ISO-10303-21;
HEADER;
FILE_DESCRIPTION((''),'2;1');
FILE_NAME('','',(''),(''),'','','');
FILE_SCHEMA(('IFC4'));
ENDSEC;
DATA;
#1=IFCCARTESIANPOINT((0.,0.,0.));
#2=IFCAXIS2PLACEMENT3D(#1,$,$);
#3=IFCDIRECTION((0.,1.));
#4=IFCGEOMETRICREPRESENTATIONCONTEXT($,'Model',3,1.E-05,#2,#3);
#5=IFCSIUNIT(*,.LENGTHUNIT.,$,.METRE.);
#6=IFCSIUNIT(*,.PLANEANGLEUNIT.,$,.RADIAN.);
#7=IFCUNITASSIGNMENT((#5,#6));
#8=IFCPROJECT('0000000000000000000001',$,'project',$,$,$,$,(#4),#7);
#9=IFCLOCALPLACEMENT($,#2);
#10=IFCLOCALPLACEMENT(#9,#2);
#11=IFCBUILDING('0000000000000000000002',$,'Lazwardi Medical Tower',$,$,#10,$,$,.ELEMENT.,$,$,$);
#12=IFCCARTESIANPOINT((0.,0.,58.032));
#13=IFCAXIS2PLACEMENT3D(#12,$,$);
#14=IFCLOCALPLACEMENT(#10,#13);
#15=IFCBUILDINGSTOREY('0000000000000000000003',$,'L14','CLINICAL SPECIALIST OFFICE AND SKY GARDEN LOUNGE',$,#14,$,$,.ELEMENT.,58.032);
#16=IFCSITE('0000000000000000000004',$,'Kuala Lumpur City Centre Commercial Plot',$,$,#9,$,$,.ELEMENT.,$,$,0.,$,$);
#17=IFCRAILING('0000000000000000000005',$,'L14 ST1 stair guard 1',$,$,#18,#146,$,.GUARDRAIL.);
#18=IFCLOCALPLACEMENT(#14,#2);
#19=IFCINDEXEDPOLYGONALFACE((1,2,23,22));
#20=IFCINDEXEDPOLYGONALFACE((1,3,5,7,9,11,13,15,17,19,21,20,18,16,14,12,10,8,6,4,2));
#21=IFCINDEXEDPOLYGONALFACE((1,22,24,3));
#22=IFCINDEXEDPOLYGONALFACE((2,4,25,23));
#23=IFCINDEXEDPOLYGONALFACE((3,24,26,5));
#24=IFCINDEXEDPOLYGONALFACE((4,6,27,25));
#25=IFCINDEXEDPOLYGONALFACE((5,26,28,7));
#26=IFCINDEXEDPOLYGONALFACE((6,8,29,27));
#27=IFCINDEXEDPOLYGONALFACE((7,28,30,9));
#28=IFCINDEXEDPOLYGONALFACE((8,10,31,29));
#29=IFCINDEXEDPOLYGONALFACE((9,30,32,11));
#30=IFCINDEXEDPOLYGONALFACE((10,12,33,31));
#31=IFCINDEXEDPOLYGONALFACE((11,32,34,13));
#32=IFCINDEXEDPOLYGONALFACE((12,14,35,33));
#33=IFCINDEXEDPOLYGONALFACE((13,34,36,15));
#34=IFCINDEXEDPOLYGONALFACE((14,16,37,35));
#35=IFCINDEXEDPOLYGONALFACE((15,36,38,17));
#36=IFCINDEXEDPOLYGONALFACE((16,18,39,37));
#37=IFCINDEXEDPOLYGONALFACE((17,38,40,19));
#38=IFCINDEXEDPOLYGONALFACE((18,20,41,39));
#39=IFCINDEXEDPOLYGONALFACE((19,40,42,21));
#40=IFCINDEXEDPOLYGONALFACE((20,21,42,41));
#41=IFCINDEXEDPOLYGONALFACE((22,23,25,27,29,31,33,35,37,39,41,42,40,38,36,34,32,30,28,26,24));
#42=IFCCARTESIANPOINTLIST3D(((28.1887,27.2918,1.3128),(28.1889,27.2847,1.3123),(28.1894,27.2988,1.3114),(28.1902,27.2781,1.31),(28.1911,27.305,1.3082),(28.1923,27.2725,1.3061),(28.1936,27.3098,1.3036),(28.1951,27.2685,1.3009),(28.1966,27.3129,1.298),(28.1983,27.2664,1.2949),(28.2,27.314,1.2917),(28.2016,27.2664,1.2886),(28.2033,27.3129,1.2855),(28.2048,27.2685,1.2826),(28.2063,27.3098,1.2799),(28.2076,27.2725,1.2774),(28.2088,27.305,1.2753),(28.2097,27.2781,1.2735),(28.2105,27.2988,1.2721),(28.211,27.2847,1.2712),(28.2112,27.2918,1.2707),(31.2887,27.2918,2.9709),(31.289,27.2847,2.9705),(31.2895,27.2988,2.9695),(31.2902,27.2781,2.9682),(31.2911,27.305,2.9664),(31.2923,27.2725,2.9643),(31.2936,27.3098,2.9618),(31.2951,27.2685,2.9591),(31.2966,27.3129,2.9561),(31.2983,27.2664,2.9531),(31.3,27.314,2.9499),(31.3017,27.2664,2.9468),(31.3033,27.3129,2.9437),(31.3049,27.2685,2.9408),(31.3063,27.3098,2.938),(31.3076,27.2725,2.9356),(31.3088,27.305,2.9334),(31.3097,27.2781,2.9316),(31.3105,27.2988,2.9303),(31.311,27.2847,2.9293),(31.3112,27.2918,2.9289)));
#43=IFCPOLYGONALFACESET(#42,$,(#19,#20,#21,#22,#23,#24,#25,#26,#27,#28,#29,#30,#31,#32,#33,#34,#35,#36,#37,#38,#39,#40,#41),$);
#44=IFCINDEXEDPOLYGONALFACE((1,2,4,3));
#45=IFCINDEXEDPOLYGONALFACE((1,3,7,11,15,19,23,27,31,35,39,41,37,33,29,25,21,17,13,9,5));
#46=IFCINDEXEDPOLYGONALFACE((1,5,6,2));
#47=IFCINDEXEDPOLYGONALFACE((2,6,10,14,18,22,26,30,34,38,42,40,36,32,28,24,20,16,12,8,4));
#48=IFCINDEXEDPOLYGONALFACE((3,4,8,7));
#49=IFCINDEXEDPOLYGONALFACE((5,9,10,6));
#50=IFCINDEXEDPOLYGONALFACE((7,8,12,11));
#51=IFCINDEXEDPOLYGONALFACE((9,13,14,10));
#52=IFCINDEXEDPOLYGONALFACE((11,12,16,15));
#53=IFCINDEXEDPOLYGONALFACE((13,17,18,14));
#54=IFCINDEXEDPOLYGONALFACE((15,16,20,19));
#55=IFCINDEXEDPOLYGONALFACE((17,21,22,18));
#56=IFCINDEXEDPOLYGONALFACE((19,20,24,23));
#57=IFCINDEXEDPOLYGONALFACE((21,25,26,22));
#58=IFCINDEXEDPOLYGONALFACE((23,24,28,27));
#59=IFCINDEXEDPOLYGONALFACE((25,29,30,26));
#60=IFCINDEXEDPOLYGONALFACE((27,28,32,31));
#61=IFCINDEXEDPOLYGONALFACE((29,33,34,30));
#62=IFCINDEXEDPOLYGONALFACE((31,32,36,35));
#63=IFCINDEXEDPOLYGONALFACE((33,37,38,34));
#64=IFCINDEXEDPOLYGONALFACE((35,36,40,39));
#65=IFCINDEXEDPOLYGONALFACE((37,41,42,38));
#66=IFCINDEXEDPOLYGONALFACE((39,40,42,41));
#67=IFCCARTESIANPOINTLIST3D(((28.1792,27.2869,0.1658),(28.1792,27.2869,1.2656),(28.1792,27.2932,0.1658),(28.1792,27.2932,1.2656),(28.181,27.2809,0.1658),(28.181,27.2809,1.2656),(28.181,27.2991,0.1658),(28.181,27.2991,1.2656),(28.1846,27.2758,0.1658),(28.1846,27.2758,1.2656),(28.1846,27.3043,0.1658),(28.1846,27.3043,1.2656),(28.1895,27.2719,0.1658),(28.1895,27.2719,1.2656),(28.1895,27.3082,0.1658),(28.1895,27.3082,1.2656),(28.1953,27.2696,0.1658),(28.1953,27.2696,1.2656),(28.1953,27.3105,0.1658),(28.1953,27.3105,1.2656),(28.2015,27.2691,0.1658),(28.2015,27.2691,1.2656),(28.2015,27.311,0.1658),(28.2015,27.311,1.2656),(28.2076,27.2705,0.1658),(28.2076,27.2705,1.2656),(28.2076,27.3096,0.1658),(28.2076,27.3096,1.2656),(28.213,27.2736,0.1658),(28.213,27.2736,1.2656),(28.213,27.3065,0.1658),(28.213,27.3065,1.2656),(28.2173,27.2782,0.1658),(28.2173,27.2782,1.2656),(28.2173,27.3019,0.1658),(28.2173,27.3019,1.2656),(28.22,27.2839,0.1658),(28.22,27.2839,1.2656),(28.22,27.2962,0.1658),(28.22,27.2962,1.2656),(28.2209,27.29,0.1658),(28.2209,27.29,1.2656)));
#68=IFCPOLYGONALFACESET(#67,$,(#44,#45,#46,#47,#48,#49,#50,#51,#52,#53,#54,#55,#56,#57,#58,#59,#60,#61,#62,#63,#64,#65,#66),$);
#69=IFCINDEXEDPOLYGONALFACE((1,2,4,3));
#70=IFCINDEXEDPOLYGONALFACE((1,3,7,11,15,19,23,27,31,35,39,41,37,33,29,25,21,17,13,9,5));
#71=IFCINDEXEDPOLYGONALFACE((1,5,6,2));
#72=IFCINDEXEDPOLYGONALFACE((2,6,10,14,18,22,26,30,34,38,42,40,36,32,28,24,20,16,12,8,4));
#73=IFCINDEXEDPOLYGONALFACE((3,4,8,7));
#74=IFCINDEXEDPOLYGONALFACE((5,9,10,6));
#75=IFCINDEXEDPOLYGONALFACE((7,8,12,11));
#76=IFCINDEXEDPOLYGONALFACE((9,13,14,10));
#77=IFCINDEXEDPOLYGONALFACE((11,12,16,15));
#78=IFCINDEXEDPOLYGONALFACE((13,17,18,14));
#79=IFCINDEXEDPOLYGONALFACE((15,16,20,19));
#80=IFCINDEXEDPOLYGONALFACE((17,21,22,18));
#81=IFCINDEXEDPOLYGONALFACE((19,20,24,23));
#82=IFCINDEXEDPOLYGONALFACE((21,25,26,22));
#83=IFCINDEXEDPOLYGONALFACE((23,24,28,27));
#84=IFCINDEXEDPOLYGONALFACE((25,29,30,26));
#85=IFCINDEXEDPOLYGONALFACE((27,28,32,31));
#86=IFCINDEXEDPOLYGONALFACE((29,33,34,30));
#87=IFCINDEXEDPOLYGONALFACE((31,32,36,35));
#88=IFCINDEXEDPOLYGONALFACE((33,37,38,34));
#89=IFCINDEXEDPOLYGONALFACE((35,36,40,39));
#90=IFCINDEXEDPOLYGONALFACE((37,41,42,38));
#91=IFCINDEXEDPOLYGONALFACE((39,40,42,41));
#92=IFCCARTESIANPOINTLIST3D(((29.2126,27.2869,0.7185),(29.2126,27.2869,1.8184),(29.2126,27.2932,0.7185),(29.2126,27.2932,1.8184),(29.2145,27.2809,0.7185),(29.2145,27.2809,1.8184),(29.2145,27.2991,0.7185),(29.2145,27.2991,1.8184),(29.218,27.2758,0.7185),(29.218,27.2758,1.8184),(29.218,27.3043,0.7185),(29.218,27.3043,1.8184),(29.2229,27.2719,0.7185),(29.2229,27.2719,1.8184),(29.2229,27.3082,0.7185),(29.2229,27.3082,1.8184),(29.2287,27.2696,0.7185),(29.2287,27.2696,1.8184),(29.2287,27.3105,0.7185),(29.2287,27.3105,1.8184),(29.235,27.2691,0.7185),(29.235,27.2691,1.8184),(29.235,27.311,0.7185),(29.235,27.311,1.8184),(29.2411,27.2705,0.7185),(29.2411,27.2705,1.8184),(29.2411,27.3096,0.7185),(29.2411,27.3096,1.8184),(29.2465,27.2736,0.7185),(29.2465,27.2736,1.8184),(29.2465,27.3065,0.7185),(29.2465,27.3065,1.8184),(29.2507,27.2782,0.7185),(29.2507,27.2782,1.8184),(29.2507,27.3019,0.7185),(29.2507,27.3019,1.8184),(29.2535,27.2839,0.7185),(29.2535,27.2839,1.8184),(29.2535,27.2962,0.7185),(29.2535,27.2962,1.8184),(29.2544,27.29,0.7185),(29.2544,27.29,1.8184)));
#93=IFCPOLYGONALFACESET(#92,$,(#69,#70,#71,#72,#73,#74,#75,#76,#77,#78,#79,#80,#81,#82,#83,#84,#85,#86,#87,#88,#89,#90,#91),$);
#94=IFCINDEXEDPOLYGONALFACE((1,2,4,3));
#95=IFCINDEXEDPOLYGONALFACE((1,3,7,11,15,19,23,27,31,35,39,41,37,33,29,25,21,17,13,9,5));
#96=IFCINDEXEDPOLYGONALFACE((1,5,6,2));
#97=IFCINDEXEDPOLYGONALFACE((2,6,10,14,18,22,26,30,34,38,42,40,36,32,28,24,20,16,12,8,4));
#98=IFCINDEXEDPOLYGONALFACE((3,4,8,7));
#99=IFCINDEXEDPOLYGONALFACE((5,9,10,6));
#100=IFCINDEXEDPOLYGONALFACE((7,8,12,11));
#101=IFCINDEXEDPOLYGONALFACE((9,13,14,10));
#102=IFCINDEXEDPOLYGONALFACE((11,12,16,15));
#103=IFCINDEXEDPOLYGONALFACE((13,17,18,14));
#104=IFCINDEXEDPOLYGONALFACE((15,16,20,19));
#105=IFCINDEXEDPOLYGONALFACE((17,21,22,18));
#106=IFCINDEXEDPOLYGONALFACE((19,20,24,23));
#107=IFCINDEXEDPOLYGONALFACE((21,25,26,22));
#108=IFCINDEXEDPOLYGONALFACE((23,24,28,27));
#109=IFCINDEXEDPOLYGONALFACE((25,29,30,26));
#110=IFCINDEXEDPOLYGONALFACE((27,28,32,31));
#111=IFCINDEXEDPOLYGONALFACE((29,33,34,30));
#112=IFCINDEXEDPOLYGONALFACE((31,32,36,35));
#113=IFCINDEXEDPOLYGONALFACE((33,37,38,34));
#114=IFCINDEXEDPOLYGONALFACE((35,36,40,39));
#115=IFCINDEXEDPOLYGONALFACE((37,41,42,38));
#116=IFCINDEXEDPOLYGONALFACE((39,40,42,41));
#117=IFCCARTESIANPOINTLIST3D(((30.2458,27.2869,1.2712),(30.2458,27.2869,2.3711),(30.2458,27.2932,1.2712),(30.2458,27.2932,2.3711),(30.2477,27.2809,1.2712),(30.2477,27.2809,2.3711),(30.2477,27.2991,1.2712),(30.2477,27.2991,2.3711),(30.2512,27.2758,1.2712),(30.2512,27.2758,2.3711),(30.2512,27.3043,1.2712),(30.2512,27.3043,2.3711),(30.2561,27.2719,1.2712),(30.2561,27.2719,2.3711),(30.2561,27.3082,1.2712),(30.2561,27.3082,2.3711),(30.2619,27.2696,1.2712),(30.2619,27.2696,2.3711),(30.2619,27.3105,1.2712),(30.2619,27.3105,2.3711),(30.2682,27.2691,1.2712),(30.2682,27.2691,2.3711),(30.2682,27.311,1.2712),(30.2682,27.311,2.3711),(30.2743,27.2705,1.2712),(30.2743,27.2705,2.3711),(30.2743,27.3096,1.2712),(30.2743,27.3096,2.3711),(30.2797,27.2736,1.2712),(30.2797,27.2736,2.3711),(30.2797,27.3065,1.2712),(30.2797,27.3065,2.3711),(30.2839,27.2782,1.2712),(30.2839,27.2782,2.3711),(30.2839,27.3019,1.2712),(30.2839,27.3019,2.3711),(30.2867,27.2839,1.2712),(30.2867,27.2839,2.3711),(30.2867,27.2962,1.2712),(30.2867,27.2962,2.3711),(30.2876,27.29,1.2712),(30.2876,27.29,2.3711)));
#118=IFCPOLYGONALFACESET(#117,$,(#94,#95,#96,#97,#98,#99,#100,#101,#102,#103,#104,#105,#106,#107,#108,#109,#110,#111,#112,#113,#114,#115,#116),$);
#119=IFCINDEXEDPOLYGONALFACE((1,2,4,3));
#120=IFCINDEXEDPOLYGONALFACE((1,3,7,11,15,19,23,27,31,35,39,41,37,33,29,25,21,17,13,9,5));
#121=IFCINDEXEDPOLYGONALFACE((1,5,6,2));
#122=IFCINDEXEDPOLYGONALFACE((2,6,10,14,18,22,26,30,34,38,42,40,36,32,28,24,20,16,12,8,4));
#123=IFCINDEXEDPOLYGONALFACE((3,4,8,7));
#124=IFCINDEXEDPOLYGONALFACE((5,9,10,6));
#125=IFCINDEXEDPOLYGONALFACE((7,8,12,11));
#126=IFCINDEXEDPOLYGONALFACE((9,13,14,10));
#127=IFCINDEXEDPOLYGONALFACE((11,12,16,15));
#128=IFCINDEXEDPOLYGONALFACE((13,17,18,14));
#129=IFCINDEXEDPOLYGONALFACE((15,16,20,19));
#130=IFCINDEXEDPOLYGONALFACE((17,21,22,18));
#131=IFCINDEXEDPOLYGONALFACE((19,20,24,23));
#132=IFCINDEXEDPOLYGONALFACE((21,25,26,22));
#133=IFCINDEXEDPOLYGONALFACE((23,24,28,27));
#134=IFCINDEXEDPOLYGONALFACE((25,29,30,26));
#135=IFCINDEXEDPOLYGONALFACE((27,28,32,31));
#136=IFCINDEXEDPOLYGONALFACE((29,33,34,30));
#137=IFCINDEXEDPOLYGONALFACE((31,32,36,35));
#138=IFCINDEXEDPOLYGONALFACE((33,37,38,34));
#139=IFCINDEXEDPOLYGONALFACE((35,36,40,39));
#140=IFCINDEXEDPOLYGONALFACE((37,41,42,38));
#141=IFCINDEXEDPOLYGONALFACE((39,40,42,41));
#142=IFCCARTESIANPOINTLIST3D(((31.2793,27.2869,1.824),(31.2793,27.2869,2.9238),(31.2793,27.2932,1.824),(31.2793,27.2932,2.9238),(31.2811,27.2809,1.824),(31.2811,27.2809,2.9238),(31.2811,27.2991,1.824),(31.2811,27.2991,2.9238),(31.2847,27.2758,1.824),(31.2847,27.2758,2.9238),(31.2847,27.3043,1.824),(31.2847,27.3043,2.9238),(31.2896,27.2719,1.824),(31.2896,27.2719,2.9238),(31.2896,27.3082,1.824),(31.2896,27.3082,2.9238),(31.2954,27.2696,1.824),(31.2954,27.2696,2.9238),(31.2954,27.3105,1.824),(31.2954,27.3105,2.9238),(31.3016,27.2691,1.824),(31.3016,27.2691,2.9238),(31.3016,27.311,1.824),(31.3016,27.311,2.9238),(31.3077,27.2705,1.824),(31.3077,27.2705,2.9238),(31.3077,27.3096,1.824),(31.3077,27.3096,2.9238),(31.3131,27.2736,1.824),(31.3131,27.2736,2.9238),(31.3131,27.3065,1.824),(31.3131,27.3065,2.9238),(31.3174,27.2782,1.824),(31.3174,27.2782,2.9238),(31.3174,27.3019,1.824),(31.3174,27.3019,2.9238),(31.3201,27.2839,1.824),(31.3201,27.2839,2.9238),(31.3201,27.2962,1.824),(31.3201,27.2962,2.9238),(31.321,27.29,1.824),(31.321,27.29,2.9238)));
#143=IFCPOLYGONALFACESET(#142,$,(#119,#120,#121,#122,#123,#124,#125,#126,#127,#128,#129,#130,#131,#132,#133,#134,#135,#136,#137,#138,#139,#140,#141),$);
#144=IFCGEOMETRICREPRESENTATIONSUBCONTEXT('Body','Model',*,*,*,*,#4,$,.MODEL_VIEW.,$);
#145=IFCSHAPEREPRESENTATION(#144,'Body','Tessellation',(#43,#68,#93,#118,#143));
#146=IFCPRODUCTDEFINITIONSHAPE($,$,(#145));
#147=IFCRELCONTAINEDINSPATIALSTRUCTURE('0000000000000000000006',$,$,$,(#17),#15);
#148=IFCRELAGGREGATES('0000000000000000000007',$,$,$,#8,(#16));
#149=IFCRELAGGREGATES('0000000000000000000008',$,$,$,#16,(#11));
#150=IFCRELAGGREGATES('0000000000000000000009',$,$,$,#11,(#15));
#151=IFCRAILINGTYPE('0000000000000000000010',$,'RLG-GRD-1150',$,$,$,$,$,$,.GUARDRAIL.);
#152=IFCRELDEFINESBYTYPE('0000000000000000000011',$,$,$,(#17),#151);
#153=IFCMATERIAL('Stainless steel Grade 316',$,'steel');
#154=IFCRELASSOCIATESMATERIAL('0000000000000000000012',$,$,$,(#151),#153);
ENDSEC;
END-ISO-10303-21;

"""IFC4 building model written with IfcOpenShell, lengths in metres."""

from ifc_helpers import new_model, si_unit, direction, frame, origin, origin_2d, place, context, subcontext, project, spatial, circle, extrude, material, type_object, element, save


model = new_model("IFC4")

# Units and contexts
model_context = context("Model", 3, precision=1e-05, world=origin(), true_north=direction((0.0, 1.0)))
body_context = subcontext(model_context, "Body", "Model", "MODEL_VIEW")
ifc_project = project(units=[si_unit("LENGTHUNIT", "METRE"), si_unit("PLANEANGLEUNIT", "RADIAN")], contexts=[model_context])

# Site, building, storey
site_placement = place(None, origin())
site = spatial("IfcSite", under=ifc_project, at=site_placement, Name="Kuala Lumpur City Centre Commercial Plot", CompositionType="ELEMENT", RefElevation=0.0)
building_placement = place(site_placement, origin())
building = spatial("IfcBuilding", under=site, at=building_placement, Name="Lazwardi Medical Tower", CompositionType="ELEMENT")
storey_placement = place(building_placement, frame((0.0, 0.0, 58.032)))
storey = spatial("IfcBuildingStorey", under=building, at=storey_placement, Name="L14", Description="CLINICAL SPECIALIST OFFICE AND SKY GARDEN LOUNGE", CompositionType="ELEMENT", Elevation=58.032)

# Railing
ifc_material_1 = material(Name="Stainless steel Grade 316", Category="steel")
railing_type_1 = type_object("IfcRailingType", Name="RLG-GRD-1150", PredefinedType="GUARDRAIL", material=ifc_material_1)
railing_1_placement = place(storey_placement, frame((28.2, 27.29, 0.1658)))
element("IfcRailing", 1, at=railing_1_placement, inside=storey, type_object=railing_type_1, Name="L14 ST1 stair guard 1", PredefinedType="GUARDRAIL", context=body_context, shape_type="SweptSolid", body=[
    extrude(circle(Radius=0.0239, at=origin_2d()), frame((0.0, 0.0, 1.126), z_axis=(0.881783, 0.0, 0.471655), x_axis=(0.0, 1.0, 0.0)), (0.0, 0.0, 1.0), 3.5156),
    extrude(circle(Radius=0.021, at=origin_2d()), origin(), (0.0, 0.0, 1.0), 1.0999),
    extrude(circle(Radius=0.021, at=origin_2d()), frame((1.0334, 0.0, 0.5527)), (0.0, 0.0, 1.0), 1.0999),
    extrude(circle(Radius=0.021, at=origin_2d()), frame((2.0667, 0.0, 1.1055)), (0.0, 0.0, 1.0), 1.0999),
    extrude(circle(Radius=0.021, at=origin_2d()), frame((3.1001, 0.0, 1.6582)), (0.0, 0.0, 1.0), 1.0999),
])

save(model, "model.ifc")
